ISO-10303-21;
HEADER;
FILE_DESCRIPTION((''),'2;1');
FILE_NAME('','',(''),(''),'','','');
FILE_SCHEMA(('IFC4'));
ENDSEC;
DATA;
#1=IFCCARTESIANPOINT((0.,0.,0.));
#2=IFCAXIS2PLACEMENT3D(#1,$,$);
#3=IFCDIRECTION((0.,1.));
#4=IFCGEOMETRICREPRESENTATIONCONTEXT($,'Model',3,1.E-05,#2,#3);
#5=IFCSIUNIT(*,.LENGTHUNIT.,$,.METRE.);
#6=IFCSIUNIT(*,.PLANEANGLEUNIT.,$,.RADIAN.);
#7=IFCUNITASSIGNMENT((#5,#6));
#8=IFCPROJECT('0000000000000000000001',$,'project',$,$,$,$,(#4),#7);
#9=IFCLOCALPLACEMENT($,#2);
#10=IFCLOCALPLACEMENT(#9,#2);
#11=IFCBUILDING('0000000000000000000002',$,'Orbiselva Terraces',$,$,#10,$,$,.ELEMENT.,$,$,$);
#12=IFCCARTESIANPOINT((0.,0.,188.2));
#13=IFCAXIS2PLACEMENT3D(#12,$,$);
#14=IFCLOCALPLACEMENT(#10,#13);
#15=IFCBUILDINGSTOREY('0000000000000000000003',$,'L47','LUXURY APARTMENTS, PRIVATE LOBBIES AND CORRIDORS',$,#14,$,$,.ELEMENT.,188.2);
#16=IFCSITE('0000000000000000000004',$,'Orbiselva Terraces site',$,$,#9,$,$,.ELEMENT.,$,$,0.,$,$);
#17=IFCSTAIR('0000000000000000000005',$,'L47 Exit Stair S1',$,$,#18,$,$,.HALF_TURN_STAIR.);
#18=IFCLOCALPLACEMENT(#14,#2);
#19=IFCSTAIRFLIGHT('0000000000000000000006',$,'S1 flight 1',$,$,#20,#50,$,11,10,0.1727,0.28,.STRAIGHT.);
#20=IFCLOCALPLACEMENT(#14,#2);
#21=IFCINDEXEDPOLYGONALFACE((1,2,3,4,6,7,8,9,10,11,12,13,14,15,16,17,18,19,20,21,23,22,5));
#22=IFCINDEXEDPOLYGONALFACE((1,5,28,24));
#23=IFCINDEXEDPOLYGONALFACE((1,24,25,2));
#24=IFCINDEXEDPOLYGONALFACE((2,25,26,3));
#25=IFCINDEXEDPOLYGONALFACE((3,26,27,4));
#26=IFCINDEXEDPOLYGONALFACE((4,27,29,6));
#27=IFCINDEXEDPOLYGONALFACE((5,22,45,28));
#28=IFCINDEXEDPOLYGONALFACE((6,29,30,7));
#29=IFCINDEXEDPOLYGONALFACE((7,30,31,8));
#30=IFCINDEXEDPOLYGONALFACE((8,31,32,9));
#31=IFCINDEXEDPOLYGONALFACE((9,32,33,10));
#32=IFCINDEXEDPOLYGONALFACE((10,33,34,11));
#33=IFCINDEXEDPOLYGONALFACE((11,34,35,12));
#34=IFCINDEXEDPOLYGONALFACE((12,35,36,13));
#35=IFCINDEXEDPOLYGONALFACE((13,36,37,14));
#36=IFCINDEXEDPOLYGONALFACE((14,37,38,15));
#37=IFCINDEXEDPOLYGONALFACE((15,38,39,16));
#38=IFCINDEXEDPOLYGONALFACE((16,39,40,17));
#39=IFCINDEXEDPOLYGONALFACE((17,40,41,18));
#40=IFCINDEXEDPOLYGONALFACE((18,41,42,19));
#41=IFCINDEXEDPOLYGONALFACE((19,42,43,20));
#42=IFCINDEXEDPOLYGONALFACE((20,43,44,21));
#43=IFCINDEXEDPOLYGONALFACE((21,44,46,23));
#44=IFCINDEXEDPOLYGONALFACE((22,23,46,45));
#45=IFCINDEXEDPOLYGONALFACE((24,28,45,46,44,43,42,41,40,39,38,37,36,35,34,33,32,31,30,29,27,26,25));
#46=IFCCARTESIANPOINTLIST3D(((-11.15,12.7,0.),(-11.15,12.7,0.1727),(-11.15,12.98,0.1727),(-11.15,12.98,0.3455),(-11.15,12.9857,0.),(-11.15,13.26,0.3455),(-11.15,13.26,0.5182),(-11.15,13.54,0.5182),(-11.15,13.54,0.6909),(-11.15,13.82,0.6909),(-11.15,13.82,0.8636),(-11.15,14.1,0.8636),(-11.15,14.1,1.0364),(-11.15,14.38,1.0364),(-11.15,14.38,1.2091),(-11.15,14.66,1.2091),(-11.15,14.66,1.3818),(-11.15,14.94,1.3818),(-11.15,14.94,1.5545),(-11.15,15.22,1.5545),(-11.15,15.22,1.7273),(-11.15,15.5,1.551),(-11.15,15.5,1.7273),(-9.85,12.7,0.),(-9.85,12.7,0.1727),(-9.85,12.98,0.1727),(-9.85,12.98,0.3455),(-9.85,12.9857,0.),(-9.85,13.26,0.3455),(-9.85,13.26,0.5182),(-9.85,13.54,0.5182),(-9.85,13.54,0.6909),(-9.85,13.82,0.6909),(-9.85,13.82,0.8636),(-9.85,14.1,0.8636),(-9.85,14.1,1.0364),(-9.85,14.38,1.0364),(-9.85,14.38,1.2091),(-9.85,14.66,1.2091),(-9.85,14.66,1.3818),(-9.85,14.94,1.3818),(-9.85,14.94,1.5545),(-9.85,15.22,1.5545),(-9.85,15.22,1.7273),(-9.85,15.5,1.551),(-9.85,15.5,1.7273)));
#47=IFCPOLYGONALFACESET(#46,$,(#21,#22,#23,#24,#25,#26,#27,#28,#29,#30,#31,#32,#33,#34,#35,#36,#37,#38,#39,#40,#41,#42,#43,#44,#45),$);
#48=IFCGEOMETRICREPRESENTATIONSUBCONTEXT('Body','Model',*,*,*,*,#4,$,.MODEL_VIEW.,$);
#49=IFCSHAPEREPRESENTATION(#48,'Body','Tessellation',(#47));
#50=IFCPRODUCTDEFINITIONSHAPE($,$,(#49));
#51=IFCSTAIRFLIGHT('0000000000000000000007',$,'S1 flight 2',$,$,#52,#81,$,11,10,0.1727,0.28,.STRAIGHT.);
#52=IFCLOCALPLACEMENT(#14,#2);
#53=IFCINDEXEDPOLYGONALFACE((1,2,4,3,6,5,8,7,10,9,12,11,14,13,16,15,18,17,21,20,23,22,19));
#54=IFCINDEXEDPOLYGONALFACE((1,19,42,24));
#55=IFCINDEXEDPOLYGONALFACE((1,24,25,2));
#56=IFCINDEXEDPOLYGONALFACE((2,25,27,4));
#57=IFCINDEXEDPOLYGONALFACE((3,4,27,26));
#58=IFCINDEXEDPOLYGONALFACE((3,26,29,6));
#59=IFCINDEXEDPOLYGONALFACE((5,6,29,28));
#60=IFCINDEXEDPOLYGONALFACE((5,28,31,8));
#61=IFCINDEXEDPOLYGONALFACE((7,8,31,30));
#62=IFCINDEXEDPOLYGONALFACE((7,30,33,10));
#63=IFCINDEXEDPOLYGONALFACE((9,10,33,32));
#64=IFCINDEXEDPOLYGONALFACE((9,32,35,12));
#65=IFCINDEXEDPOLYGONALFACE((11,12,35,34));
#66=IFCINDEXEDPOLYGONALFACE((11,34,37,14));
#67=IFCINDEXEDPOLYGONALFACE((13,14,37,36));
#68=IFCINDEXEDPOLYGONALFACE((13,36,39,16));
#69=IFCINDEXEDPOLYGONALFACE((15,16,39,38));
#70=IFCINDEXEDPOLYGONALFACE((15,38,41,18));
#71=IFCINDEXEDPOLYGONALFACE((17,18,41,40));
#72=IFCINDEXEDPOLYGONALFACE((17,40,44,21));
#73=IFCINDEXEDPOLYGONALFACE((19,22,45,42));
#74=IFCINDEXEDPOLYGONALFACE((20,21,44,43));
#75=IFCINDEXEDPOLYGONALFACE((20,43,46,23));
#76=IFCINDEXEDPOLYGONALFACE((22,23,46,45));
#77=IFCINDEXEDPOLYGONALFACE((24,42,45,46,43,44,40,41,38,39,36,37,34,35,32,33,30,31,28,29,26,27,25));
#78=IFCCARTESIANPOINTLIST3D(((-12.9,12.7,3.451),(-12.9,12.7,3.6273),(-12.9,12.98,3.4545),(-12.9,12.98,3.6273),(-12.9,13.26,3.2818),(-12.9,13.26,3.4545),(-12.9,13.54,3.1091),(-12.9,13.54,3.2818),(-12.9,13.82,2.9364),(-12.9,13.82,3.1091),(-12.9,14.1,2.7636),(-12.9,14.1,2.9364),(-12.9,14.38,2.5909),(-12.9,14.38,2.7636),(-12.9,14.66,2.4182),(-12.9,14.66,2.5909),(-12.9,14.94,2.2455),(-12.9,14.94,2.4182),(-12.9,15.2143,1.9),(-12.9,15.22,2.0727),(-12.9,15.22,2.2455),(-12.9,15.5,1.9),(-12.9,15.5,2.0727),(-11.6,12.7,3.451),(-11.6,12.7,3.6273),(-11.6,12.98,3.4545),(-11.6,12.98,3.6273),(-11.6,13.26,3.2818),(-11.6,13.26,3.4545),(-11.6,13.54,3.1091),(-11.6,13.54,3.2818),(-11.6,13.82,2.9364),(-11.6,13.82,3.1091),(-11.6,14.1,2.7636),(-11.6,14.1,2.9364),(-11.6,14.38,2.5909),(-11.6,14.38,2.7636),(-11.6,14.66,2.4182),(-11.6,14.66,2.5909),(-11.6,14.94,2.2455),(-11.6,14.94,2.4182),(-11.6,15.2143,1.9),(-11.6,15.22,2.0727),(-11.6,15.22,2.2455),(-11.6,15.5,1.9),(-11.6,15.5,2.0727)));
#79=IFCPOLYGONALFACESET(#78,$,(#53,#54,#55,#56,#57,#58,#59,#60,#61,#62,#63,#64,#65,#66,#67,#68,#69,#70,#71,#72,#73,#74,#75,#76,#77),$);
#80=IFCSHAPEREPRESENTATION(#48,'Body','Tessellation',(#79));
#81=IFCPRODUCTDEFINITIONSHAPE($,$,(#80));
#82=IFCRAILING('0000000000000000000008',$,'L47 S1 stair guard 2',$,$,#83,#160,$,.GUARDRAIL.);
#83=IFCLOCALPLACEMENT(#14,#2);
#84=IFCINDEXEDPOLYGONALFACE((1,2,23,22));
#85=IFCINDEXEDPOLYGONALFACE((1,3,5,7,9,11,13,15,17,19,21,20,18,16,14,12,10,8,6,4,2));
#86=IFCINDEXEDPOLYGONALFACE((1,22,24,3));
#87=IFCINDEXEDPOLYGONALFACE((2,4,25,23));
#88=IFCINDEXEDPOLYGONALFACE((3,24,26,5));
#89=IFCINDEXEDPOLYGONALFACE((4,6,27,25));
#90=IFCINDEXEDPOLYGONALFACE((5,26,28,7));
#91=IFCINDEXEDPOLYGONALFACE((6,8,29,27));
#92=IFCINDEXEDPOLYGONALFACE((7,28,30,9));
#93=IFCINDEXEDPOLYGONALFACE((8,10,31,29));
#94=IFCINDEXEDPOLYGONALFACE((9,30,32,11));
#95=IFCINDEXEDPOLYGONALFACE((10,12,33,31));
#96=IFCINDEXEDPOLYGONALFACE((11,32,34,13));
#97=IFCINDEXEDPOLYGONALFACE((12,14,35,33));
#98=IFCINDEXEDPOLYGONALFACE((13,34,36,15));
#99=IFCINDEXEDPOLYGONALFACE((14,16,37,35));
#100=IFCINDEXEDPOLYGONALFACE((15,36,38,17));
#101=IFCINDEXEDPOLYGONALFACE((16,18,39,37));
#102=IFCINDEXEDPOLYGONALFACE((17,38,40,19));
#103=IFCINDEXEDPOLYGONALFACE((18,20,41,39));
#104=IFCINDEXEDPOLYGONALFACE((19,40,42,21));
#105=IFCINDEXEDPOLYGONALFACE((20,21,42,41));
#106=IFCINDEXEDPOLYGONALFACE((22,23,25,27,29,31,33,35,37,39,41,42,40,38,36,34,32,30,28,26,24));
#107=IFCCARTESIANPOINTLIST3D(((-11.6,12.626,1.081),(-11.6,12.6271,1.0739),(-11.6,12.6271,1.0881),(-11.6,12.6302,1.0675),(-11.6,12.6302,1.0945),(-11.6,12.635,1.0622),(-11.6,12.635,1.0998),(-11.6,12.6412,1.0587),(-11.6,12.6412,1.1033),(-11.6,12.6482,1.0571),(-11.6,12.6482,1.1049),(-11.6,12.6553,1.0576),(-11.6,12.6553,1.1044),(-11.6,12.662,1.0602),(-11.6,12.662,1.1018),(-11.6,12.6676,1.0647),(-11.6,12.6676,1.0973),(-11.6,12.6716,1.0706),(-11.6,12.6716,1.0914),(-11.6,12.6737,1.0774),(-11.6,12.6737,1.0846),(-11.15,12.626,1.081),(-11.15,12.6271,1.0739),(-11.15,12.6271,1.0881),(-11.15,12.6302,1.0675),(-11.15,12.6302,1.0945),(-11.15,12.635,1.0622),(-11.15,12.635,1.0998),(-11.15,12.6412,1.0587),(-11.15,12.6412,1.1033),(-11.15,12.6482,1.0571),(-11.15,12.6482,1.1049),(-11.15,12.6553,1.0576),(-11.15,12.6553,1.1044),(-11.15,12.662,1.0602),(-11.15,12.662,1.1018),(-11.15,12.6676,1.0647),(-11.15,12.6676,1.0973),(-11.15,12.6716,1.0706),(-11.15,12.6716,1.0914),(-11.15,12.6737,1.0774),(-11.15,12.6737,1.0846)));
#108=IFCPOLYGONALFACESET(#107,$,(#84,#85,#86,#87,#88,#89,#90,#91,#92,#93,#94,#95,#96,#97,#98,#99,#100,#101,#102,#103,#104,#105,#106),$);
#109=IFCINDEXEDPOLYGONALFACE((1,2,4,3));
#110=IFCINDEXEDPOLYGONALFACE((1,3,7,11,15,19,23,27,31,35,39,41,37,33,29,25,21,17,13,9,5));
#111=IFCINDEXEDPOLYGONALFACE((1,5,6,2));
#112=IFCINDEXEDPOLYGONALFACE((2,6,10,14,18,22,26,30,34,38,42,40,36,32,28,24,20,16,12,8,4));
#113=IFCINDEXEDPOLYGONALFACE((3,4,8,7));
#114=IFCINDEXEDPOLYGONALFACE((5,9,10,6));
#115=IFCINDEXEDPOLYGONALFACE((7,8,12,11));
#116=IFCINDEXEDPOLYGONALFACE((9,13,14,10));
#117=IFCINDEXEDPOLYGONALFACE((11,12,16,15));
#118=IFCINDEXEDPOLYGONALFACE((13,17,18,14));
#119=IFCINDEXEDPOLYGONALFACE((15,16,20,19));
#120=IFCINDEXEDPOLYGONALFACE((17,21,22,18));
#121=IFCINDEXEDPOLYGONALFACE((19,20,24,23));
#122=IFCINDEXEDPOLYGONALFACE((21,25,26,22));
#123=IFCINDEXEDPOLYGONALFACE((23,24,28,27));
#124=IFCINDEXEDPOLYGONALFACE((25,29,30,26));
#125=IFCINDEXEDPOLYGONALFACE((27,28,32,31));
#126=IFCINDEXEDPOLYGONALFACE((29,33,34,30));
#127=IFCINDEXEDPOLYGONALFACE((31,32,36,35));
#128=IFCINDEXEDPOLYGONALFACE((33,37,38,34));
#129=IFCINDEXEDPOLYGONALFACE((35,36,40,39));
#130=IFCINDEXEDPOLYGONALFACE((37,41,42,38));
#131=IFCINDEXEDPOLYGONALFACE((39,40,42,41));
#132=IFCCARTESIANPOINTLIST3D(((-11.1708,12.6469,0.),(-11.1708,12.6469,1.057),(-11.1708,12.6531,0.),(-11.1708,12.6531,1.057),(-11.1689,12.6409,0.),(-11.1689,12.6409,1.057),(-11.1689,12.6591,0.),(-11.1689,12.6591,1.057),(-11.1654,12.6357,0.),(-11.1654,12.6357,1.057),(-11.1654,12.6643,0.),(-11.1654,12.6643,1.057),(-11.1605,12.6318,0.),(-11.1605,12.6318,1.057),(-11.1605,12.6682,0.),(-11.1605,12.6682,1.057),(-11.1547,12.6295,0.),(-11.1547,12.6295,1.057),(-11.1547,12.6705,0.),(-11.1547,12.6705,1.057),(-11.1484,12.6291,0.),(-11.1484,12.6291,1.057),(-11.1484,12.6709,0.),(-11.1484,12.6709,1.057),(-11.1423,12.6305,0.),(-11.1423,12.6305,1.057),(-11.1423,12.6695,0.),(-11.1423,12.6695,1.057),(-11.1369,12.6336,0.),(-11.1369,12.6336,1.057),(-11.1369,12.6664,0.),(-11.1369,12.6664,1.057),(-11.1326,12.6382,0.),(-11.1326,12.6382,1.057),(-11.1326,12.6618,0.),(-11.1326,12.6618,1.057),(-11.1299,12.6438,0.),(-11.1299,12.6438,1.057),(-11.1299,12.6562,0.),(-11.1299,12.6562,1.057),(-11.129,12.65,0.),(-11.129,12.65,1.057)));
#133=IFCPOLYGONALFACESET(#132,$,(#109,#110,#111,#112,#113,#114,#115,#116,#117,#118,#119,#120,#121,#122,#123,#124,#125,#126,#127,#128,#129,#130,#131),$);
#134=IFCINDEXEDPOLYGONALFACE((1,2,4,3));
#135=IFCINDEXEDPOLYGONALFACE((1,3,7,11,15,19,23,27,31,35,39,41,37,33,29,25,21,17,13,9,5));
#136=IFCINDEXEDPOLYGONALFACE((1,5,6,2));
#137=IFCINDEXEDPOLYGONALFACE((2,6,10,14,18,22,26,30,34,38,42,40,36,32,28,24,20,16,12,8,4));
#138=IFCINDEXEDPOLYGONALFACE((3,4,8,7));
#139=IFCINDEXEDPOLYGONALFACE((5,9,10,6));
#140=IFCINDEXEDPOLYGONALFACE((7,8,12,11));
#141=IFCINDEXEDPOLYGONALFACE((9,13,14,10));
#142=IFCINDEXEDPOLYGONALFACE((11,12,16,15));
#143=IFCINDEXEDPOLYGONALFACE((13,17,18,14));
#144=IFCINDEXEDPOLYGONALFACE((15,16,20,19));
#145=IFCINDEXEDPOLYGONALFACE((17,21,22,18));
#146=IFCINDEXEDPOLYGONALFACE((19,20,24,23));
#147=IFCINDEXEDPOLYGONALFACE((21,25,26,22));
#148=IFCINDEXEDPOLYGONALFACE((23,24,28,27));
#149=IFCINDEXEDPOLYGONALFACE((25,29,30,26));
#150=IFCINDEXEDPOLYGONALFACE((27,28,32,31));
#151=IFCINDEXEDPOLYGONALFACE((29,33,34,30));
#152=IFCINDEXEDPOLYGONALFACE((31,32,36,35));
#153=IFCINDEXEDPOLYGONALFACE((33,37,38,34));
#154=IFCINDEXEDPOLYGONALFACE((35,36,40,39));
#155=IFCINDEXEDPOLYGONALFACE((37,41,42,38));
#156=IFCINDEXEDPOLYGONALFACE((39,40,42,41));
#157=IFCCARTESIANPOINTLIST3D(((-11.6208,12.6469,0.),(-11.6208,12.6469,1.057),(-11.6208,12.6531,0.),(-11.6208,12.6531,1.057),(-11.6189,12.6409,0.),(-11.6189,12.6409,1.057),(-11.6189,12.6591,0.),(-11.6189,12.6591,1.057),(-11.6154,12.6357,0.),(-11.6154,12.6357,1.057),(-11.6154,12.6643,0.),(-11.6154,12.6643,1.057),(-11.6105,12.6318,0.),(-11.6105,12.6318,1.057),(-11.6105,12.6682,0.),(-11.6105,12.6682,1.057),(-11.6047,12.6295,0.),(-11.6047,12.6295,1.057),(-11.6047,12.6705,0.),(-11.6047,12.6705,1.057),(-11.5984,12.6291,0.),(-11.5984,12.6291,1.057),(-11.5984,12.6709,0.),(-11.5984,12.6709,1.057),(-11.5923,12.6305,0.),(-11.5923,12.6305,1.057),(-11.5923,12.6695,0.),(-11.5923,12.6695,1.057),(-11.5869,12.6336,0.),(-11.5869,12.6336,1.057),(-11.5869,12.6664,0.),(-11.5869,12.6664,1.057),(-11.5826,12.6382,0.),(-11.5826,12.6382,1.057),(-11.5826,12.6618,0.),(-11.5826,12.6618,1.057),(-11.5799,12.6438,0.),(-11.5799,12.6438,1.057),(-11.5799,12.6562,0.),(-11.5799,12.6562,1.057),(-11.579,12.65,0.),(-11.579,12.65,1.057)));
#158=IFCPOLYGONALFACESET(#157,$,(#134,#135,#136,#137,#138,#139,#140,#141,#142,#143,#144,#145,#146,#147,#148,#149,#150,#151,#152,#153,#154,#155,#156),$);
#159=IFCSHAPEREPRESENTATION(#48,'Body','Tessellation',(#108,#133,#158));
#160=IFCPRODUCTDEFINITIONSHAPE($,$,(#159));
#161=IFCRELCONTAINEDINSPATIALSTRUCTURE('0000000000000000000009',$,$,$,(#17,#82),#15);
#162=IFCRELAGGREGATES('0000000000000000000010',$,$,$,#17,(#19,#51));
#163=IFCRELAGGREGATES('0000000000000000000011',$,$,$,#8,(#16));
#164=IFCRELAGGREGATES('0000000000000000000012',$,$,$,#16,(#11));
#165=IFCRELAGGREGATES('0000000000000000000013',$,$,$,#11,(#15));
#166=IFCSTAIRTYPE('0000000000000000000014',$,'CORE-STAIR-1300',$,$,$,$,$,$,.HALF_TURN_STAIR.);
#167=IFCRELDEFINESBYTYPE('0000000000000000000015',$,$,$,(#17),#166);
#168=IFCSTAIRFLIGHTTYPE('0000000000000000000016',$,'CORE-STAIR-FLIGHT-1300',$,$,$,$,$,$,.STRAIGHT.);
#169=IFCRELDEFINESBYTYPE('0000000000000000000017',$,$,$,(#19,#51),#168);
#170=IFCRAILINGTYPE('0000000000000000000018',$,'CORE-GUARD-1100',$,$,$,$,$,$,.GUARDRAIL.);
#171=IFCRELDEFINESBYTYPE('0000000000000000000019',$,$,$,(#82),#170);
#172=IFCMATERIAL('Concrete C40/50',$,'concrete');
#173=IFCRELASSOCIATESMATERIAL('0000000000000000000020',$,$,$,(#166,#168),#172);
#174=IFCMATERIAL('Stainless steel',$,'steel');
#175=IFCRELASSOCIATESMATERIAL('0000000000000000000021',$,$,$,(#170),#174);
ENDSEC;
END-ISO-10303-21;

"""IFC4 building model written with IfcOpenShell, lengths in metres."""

from ifc_helpers import new_model, si_unit, direction, frame, origin, origin_2d, place, context, subcontext, project, spatial, polyline, circle, outline, extrude, material, type_object, element, aggregate, save


model = new_model("IFC4")

# Units and contexts
model_context = context("Model", 3, precision=1e-05, world=origin(), true_north=direction((0.0, 1.0)))
body_context = subcontext(model_context, "Body", "Model", "MODEL_VIEW")
ifc_project = project(units=[si_unit("LENGTHUNIT", "METRE"), si_unit("PLANEANGLEUNIT", "RADIAN")], contexts=[model_context])

# Site, building, storey
site_placement = place(None, origin())
site = spatial("IfcSite", under=ifc_project, at=site_placement, Name="Orbiselva Terraces site", CompositionType="ELEMENT", RefElevation=0.0)
building_placement = place(site_placement, origin())
building = spatial("IfcBuilding", under=site, at=building_placement, Name="Orbiselva Terraces", CompositionType="ELEMENT")
storey_placement = place(building_placement, frame((0.0, 0.0, 188.2)))
storey = spatial("IfcBuildingStorey", under=building, at=storey_placement, Name="L47", Description="LUXURY APARTMENTS, PRIVATE LOBBIES AND CORRIDORS", CompositionType="ELEMENT", Elevation=188.2)

# Shared definitions
ifc_material_1 = material(Name="Concrete C40/50", Category="concrete")

# Stair, stair flights
stair_type = type_object("IfcStairType", Name="CORE-STAIR-1300", PredefinedType="HALF_TURN_STAIR", material=ifc_material_1)
stair_placement = place(storey_placement, origin())
stair = element("IfcStair", 1, at=stair_placement, inside=storey, type_object=stair_type, Name="L47 Exit Stair S1", PredefinedType="HALF_TURN_STAIR")
stair_flight_type = type_object("IfcStairFlightType", Name="CORE-STAIR-FLIGHT-1300", PredefinedType="STRAIGHT", material=ifc_material_1)
stair_flight_1_placement = place(storey_placement, frame((-10.5, 12.7, 0.0), z_axis=(0.0, 0.0, 1.0), x_axis=(0.0, 1.0, 0.0)))
stair_flight_1 = element("IfcStairFlight", 2, at=stair_flight_1_placement, type_object=stair_flight_type, Name="S1 flight 1", NumberOfRisers=11, NumberOfTreads=10, PredefinedType="STRAIGHT", RiserHeight=0.1727, TreadLength=0.28, context=body_context, shape_type="SweptSolid", body=[
    extrude(outline(polyline([(0.0, 0.0), (0.0, 0.1727), (0.28, 0.1727), (0.28, 0.3455), (0.56, 0.3455), (0.56, 0.5182), (0.84, 0.5182), (0.84, 0.6909), (1.12, 0.6909), (1.12, 0.8636), (1.4, 0.8636), (1.4, 1.0364), (1.68, 1.0364), (1.68, 1.2091), (1.96, 1.2091), (1.96, 1.3818), (2.24, 1.3818), (2.24, 1.5545), (2.52, 1.5545), (2.52, 1.7273), (2.8, 1.7273), (2.8, 1.9), (2.8, 1.551), (0.2857, 0.0), (0.0, 0.0)])), frame((0.0, 0.65, 0.0), z_axis=(0.0, -1.0, 0.0), x_axis=(1.0, 0.0, 0.0)), (0.0, 0.0, 1.0), 1.3),
])
stair_flight_2_placement = place(storey_placement, frame((-12.25, 15.5, 1.9), z_axis=(0.0, 0.0, 1.0), x_axis=(0.0, -1.0, 0.0)))
stair_flight_2 = element("IfcStairFlight", 3, at=stair_flight_2_placement, type_object=stair_flight_type, Name="S1 flight 2", NumberOfRisers=11, NumberOfTreads=10, PredefinedType="STRAIGHT", RiserHeight=0.1727, TreadLength=0.28, context=body_context, shape_type="SweptSolid", body=[
    extrude(outline(polyline([(0.0, 0.0), (0.0, 0.1727), (0.28, 0.1727), (0.28, 0.3455), (0.56, 0.3455), (0.56, 0.5182), (0.84, 0.5182), (0.84, 0.6909), (1.12, 0.6909), (1.12, 0.8636), (1.4, 0.8636), (1.4, 1.0364), (1.68, 1.0364), (1.68, 1.2091), (1.96, 1.2091), (1.96, 1.3818), (2.24, 1.3818), (2.24, 1.5545), (2.52, 1.5545), (2.52, 1.7273), (2.8, 1.7273), (2.8, 1.9), (2.8, 1.551), (0.2857, 0.0), (0.0, 0.0)])), frame((0.0, 0.65, 0.0), z_axis=(0.0, -1.0, 0.0), x_axis=(1.0, 0.0, 0.0)), (0.0, 0.0, 1.0), 1.3),
])
aggregate(stair, [stair_flight_1, stair_flight_2])

# Railing
ifc_material_2 = material(Name="Stainless steel", Category="steel")
railing_type_1 = type_object("IfcRailingType", Name="CORE-GUARD-1100", PredefinedType="GUARDRAIL", material=ifc_material_2)
railing_1_placement = place(storey_placement, frame((-11.15, 12.65, 0.0)))
element("IfcRailing", 4, at=railing_1_placement, inside=storey, type_object=railing_type_1, Name="L47 S1 stair guard 2", PredefinedType="GUARDRAIL", context=body_context, shape_type="SweptSolid", body=[
    extrude(circle(Radius=0.024, at=origin_2d()), frame((0.0, 0.0, 1.081), z_axis=(-1.0, 0.0, 0.0), x_axis=(0.0, -1.0, 0.0)), (0.0, 0.0, 1.0), 0.45),
    extrude(circle(Radius=0.021, at=origin_2d()), origin(), (0.0, 0.0, 1.0), 1.057),
    extrude(circle(Radius=0.021, at=origin_2d()), frame((-0.45, 0.0, 0.0)), (0.0, 0.0, 1.0), 1.057),
])

save(model, "model.ifc")
